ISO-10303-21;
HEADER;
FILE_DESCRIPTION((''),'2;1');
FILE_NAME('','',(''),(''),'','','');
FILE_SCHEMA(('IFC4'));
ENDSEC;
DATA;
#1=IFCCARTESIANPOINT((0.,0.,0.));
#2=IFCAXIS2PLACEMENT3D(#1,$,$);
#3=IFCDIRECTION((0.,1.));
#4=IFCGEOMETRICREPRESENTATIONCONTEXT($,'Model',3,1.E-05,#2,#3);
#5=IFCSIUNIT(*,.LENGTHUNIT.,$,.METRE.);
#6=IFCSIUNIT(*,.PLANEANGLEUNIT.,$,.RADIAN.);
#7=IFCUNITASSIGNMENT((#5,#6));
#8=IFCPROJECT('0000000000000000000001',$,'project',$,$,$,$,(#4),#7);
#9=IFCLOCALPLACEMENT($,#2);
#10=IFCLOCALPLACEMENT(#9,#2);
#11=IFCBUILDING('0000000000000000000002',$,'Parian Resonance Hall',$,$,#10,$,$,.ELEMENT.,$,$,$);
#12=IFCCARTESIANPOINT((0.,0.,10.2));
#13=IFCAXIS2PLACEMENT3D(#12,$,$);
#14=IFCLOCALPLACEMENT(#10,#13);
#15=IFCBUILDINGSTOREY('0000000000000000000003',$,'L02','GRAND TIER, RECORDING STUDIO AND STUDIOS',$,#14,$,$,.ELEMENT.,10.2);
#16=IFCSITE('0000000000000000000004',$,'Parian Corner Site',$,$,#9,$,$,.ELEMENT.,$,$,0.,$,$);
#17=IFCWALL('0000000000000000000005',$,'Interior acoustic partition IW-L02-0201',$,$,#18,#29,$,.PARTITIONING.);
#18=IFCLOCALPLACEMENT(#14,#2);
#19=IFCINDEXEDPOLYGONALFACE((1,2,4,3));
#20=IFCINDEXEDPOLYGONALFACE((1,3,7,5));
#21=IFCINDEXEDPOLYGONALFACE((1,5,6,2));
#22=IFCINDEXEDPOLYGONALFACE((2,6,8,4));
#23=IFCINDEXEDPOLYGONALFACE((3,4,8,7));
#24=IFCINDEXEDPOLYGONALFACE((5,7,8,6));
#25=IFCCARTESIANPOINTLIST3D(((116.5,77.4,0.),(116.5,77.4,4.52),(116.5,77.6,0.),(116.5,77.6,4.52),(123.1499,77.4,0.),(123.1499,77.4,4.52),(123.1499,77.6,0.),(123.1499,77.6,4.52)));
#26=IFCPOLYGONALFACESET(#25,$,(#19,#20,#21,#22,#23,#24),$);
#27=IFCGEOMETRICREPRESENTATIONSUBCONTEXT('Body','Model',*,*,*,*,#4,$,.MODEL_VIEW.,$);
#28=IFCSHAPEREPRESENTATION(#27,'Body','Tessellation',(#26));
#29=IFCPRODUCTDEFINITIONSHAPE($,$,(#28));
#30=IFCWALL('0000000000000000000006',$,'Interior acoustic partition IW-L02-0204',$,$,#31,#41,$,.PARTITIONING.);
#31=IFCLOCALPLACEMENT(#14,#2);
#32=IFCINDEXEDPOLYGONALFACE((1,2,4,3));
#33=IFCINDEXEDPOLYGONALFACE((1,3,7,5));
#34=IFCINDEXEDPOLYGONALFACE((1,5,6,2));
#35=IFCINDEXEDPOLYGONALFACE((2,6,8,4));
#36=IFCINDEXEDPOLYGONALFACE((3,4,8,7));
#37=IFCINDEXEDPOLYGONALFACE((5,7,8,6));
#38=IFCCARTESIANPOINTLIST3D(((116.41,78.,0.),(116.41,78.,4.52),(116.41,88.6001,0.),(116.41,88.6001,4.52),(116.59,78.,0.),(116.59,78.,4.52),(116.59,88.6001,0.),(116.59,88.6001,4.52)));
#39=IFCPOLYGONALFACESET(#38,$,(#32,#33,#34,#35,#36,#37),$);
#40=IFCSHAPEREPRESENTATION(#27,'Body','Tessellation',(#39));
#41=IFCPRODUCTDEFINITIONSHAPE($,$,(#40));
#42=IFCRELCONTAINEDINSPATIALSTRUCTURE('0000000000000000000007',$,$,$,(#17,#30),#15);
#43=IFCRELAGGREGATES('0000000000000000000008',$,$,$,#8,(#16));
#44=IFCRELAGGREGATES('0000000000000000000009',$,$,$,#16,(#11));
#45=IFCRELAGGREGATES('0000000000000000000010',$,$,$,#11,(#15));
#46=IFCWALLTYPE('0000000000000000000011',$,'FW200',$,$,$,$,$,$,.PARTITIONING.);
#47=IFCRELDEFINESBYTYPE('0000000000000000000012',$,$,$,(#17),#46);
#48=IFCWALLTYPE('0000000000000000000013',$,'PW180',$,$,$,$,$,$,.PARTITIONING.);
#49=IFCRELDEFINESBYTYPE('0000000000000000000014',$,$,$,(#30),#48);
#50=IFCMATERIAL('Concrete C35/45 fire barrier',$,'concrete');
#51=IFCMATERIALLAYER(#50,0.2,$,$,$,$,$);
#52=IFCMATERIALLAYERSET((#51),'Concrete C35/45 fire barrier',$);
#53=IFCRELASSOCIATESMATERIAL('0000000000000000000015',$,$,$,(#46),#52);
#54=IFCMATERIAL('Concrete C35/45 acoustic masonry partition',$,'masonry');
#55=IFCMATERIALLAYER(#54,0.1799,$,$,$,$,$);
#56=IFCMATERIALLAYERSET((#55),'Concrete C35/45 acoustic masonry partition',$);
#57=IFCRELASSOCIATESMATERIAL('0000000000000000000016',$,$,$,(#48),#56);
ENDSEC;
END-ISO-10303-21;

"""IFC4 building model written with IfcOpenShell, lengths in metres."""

from ifc_helpers import new_model, si_unit, direction, frame, frame_2d, origin, place, context, subcontext, project, spatial, rectangle, extrude, material, layer, layer_set, type_object, element, save


model = new_model("IFC4")

# Units and contexts
model_context = context("Model", 3, precision=1e-05, world=origin(), true_north=direction((0.0, 1.0)))
body_context = subcontext(model_context, "Body", "Model", "MODEL_VIEW")
ifc_project = project(units=[si_unit("LENGTHUNIT", "METRE"), si_unit("PLANEANGLEUNIT", "RADIAN")], contexts=[model_context])

# Site, building, storey
site_placement = place(None, origin())
site = spatial("IfcSite", under=ifc_project, at=site_placement, Name="Parian Corner Site", CompositionType="ELEMENT", RefElevation=0.0)
building_placement = place(site_placement, origin())
building = spatial("IfcBuilding", under=site, at=building_placement, Name="Parian Resonance Hall", CompositionType="ELEMENT")
storey_placement = place(building_placement, frame((0.0, 0.0, 10.2)))
storey = spatial("IfcBuildingStorey", under=building, at=storey_placement, Name="L02", Description="GRAND TIER, RECORDING STUDIO AND STUDIOS", CompositionType="ELEMENT", Elevation=10.2)

# Walls
ifc_material_1 = material(Name="Concrete C35/45 fire barrier", Category="concrete")
ifc_layer_1 = layer(ifc_material_1, 0.2)
ifc_layer_set_1 = layer_set([ifc_layer_1], Name="Concrete C35/45 fire barrier")
wall_type_1 = type_object("IfcWallType", Name="FW200", PredefinedType="PARTITIONING", material=ifc_layer_set_1)
wall_1_placement = place(storey_placement, frame((116.5, 77.5, 0.0), z_axis=(0.0, 0.0, 1.0), x_axis=(1.0, 0.0, 0.0)))
element("IfcWall", 1, at=wall_1_placement, inside=storey, type_object=wall_type_1, Name="Interior acoustic partition IW-L02-0201", PredefinedType="PARTITIONING", context=body_context, shape_type="SweptSolid", body=[
    extrude(rectangle(XDim=6.6499, YDim=0.2, at=frame_2d((3.325, 0.0))), origin(), (0.0, 0.0, 1.0), 4.52),
])
ifc_material_2 = material(Name="Concrete C35/45 acoustic masonry partition", Category="masonry")
ifc_layer_2 = layer(ifc_material_2, 0.1799)
ifc_layer_set_2 = layer_set([ifc_layer_2], Name="Concrete C35/45 acoustic masonry partition")
wall_type_2 = type_object("IfcWallType", Name="PW180", PredefinedType="PARTITIONING", material=ifc_layer_set_2)
wall_2_placement = place(storey_placement, frame((116.5, 78.0, 0.0), z_axis=(0.0, 0.0, 1.0), x_axis=(0.0, 1.0, 0.0)))
element("IfcWall", 2, at=wall_2_placement, inside=storey, type_object=wall_type_2, Name="Interior acoustic partition IW-L02-0204", PredefinedType="PARTITIONING", context=body_context, shape_type="SweptSolid", body=[
    extrude(rectangle(XDim=10.6001, YDim=0.1799, at=frame_2d((5.3, 0.0))), origin(), (0.0, 0.0, 1.0), 4.52),
])

save(model, "model.ifc")
